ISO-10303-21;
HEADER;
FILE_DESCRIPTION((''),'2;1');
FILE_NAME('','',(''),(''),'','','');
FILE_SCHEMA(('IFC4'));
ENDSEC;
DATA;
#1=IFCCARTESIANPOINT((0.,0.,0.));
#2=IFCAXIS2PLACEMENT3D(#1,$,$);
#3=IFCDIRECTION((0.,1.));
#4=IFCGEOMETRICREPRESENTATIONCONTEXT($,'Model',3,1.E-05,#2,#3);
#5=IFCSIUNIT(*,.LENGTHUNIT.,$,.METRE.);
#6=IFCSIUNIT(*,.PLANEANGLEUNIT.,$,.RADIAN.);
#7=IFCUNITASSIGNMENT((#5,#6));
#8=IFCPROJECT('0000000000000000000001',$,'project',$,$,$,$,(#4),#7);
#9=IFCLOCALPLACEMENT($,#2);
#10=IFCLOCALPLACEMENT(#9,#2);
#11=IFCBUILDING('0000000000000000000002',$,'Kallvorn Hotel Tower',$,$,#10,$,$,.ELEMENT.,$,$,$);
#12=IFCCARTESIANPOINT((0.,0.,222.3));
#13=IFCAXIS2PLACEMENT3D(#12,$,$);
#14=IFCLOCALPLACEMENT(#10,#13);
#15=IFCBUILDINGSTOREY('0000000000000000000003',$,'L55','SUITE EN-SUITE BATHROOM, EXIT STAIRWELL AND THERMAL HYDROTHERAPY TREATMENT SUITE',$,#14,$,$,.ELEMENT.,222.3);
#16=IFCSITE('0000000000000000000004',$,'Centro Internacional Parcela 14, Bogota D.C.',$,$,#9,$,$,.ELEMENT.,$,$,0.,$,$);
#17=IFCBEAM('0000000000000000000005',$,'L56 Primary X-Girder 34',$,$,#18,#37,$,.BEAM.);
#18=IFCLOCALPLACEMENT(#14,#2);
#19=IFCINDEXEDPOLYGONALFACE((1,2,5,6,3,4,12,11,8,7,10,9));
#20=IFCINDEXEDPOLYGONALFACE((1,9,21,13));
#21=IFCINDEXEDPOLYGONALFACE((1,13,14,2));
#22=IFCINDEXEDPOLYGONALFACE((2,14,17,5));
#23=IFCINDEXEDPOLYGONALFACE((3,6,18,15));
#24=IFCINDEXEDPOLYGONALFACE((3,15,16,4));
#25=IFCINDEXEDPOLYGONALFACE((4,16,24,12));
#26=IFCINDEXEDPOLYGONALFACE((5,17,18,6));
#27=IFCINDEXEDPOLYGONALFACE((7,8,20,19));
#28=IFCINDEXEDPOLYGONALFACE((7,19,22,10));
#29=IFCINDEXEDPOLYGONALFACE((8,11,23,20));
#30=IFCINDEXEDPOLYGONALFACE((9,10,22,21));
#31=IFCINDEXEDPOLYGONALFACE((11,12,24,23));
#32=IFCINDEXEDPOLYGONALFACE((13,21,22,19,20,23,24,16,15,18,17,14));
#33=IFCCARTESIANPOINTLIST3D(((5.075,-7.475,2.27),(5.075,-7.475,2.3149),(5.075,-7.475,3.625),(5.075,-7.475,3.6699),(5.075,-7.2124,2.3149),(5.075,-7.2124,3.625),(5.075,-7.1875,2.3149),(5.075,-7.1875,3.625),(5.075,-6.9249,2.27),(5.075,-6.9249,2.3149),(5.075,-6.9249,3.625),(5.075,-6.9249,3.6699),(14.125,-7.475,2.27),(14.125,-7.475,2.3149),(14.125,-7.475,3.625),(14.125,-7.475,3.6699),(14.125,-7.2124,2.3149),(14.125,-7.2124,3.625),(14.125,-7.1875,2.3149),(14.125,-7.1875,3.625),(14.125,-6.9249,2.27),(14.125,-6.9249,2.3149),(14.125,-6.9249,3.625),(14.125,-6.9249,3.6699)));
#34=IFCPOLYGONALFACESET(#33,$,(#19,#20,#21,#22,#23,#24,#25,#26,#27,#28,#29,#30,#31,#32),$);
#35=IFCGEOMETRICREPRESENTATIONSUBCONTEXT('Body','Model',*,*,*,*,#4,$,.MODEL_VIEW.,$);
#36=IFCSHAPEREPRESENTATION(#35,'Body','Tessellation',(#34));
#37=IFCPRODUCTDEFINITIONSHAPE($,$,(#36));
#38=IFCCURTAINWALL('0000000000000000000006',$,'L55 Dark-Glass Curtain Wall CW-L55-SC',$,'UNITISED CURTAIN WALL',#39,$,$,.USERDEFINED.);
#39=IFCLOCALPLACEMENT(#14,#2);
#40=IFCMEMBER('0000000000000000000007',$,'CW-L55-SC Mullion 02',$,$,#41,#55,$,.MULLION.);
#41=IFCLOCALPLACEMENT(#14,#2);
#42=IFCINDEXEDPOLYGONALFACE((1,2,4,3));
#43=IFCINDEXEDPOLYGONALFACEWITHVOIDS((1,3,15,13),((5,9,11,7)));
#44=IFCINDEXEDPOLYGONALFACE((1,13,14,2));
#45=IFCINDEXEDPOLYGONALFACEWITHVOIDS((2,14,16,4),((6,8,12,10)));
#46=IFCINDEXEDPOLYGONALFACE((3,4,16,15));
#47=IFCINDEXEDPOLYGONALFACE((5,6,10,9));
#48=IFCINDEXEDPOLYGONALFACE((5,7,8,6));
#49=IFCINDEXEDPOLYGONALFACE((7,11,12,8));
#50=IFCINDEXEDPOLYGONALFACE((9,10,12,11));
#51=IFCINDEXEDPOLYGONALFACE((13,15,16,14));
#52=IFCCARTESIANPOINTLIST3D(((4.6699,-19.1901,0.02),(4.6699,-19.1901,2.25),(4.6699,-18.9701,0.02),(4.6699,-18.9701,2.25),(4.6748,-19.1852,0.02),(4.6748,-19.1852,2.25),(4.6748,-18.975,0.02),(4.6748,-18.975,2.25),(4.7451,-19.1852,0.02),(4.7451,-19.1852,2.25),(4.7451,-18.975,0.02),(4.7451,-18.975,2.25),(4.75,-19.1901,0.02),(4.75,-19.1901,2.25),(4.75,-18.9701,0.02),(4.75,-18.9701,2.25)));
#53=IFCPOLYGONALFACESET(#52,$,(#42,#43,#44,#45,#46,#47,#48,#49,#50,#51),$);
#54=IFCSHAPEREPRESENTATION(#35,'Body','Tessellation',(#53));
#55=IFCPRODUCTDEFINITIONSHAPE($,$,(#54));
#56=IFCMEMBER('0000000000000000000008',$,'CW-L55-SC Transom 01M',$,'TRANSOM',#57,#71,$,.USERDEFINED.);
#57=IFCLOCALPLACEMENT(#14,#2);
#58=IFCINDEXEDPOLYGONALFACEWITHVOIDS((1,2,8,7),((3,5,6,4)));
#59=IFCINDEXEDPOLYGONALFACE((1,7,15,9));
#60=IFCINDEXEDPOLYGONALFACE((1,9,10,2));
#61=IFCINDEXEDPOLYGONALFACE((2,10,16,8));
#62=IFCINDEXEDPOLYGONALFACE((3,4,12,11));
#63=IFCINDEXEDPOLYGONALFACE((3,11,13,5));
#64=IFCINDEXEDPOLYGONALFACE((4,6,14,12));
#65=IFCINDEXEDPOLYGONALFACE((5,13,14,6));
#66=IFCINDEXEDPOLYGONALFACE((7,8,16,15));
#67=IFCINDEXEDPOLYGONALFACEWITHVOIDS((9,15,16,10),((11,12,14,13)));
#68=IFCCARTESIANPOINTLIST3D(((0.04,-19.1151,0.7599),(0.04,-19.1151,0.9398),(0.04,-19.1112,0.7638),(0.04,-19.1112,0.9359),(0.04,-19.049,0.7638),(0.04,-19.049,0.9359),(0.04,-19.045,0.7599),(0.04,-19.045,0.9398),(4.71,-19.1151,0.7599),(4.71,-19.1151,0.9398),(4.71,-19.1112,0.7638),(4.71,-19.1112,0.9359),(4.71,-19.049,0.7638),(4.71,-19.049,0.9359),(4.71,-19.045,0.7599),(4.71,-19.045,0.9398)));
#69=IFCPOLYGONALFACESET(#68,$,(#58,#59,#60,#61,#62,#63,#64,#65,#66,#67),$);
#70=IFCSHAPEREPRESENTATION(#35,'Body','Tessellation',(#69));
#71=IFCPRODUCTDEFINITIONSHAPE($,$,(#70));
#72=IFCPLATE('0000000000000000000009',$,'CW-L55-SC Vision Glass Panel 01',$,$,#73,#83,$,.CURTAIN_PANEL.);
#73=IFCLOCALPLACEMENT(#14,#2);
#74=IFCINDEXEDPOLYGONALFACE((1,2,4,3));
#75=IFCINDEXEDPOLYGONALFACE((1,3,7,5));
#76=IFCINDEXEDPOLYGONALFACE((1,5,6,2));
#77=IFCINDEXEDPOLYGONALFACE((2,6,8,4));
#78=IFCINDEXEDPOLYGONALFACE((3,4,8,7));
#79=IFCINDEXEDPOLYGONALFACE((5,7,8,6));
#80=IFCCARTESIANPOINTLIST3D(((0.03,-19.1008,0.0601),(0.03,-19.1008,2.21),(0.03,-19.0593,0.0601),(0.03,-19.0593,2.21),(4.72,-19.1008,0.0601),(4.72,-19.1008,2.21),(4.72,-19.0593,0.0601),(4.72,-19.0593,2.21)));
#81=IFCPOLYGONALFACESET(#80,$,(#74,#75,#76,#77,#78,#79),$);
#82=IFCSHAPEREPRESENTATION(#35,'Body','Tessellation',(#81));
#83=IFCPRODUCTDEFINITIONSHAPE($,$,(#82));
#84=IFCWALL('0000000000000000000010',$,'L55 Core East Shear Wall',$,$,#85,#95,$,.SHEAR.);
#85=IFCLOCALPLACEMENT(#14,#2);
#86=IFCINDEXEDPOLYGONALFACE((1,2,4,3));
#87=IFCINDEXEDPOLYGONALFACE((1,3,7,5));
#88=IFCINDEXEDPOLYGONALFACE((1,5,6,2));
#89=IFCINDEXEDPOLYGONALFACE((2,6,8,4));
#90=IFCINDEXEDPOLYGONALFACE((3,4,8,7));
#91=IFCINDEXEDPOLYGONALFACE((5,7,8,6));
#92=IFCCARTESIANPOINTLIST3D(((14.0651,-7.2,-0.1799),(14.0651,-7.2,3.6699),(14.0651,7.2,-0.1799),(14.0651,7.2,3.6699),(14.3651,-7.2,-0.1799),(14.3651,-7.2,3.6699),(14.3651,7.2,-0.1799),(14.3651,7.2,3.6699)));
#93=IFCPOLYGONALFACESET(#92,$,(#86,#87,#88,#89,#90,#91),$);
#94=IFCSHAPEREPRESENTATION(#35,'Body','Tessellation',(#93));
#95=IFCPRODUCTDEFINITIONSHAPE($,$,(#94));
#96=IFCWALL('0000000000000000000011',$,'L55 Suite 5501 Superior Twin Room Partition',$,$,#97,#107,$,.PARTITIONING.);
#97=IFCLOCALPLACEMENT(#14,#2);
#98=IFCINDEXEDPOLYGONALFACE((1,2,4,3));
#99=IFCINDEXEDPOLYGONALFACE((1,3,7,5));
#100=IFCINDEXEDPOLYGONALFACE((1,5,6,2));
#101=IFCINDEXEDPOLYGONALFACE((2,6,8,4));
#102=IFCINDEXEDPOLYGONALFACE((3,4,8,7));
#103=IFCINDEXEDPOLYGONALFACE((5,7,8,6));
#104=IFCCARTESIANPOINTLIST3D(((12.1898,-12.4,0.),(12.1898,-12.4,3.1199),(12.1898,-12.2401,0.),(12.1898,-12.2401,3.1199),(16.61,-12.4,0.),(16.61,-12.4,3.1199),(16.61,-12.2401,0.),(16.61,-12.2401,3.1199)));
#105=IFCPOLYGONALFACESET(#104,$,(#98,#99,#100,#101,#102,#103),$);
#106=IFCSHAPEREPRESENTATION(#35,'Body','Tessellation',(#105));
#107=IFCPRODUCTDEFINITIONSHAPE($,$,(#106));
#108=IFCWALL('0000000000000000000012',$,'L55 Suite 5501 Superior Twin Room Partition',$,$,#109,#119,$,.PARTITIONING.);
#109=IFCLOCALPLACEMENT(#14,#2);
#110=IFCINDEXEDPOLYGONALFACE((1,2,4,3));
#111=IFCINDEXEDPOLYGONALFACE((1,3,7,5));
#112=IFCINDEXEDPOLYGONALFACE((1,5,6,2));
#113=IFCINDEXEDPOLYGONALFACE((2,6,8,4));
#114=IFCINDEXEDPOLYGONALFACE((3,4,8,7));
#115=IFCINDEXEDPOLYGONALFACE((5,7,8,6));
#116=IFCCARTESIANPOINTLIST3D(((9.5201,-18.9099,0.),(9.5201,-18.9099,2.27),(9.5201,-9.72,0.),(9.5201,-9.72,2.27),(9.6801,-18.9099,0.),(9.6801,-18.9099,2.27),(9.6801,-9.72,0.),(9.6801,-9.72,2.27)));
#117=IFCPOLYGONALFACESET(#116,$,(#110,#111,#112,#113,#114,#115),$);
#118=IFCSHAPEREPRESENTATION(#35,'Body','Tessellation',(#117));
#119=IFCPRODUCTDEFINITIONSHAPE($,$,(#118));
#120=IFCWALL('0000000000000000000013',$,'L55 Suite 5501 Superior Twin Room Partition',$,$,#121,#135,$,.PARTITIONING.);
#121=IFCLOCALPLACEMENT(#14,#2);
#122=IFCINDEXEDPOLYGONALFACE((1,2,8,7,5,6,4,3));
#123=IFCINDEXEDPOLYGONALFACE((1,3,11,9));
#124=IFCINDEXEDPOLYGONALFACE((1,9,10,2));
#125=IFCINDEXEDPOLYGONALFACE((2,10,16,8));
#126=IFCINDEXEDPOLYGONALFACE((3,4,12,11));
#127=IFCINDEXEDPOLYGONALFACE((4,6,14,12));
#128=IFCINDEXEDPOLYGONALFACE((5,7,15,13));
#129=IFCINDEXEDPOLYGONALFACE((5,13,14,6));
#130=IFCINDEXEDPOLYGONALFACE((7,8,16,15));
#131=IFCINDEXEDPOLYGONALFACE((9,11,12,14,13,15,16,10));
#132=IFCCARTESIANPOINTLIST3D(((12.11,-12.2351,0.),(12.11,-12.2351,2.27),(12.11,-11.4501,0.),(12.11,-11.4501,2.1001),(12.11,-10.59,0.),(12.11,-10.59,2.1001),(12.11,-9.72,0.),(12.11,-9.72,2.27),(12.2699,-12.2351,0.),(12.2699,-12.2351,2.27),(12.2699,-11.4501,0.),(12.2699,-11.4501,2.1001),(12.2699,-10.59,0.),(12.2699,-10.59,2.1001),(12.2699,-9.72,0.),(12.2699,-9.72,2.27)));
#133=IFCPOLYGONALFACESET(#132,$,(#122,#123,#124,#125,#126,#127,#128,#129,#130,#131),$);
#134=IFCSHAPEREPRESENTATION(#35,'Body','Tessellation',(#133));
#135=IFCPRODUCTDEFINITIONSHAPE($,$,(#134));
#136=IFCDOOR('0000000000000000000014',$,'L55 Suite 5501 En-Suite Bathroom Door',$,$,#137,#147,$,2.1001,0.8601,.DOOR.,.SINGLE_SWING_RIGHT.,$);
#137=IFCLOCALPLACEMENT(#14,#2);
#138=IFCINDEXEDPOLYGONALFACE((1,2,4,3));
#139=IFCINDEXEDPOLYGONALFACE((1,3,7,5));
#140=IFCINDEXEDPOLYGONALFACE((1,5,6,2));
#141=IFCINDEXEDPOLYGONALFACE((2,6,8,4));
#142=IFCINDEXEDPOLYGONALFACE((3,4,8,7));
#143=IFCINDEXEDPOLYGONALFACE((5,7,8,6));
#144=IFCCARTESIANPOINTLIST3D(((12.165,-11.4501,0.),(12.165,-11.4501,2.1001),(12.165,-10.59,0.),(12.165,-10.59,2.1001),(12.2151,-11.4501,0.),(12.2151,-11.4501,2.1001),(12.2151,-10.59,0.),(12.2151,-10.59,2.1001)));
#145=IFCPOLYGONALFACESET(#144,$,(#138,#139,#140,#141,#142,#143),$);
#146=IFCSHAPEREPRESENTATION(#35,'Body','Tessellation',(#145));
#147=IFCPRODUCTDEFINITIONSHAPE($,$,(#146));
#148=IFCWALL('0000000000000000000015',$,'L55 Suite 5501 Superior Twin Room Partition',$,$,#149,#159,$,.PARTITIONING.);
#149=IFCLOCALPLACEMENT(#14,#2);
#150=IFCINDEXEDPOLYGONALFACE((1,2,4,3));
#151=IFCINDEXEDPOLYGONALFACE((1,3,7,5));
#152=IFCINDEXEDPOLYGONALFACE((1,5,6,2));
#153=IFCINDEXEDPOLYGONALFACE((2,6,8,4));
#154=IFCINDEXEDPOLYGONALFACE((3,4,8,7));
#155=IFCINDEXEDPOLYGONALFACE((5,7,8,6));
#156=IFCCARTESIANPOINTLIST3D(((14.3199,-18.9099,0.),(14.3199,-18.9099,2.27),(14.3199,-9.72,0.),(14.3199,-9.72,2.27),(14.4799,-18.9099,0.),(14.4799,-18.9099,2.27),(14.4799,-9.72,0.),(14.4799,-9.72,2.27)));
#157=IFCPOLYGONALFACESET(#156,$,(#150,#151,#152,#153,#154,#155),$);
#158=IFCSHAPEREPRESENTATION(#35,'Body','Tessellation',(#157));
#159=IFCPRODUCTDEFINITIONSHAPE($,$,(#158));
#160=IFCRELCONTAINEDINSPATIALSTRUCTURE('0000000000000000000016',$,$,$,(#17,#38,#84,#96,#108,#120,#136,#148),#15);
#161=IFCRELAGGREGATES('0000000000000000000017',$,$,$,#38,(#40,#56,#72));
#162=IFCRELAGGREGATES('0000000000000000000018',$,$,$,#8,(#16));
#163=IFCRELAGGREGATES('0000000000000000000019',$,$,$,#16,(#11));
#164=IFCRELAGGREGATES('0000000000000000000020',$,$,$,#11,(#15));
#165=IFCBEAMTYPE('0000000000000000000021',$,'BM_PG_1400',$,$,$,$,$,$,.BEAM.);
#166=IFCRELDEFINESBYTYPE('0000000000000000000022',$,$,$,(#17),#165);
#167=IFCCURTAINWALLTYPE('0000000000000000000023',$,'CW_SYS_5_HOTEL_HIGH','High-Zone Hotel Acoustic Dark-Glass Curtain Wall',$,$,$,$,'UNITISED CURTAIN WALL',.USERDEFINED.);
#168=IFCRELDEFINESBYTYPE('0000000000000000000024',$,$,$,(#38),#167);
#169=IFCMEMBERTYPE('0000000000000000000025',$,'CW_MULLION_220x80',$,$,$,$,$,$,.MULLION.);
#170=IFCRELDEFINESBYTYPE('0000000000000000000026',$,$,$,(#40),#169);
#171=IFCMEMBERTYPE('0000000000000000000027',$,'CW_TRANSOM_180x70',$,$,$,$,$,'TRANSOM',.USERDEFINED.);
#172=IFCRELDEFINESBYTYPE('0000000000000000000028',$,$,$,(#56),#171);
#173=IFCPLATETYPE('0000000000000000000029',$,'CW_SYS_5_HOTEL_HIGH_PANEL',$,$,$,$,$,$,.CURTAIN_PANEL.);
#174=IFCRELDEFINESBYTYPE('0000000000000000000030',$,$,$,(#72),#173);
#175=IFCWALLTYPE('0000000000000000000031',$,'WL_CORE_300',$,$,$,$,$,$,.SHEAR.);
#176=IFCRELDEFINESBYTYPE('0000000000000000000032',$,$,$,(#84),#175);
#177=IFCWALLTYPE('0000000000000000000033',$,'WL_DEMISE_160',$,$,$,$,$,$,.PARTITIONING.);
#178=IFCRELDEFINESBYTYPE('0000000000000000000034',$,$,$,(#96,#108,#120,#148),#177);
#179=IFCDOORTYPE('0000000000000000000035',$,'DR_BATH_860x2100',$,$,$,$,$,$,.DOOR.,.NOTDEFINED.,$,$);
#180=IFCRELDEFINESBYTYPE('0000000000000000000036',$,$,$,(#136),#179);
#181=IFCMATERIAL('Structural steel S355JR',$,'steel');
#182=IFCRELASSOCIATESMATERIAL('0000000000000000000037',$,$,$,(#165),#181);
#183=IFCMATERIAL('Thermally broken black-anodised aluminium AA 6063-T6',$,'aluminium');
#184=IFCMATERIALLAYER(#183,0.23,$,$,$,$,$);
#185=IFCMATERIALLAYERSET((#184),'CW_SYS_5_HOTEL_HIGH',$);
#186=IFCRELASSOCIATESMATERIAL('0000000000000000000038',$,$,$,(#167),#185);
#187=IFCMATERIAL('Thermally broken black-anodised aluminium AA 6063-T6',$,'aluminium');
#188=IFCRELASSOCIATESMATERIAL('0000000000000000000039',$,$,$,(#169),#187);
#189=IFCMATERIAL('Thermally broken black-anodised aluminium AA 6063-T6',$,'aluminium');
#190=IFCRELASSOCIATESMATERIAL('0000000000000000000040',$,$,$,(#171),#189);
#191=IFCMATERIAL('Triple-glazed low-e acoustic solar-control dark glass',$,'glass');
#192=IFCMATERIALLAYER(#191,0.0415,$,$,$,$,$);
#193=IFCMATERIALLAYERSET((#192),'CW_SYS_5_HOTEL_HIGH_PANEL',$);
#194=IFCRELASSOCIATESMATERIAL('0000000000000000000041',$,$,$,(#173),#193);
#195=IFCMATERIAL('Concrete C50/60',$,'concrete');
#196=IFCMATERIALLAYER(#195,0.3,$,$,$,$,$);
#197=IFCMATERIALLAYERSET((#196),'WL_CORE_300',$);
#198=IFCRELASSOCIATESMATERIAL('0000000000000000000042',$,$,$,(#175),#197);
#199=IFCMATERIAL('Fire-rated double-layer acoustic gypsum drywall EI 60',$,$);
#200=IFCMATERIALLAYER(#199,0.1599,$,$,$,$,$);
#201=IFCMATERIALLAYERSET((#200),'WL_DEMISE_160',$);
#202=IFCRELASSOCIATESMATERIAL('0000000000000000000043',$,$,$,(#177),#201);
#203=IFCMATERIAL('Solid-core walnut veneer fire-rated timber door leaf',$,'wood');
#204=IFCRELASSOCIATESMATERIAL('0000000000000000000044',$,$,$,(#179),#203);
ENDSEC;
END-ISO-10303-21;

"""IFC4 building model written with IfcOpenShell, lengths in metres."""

from ifc_helpers import new_model, si_unit, direction, frame, frame_2d, origin, origin_2d, place, context, subcontext, project, spatial, rectangle, hollow_rectangle, i_section, extrude, material, layer, layer_set, material_profile, profile_set, type_object, element, fill, aggregate, save


model = new_model("IFC4")

# Units and contexts
model_context = context("Model", 3, precision=1e-05, world=origin(), true_north=direction((0.0, 1.0)))
body_context = subcontext(model_context, "Body", "Model", "MODEL_VIEW")
ifc_project = project(units=[si_unit("LENGTHUNIT", "METRE"), si_unit("PLANEANGLEUNIT", "RADIAN")], contexts=[model_context])

# Site, building, storey
site_placement = place(None, origin())
site = spatial("IfcSite", under=ifc_project, at=site_placement, Name="Centro Internacional Parcela 14, Bogota D.C.", CompositionType="ELEMENT", RefElevation=0.0)
building_placement = place(site_placement, origin())
building = spatial("IfcBuilding", under=site, at=building_placement, Name="Kallvorn Hotel Tower", CompositionType="ELEMENT")
storey_placement = place(building_placement, frame((0.0, 0.0, 222.3)))
storey = spatial("IfcBuildingStorey", under=building, at=storey_placement, Name="L55", Description="SUITE EN-SUITE BATHROOM, EXIT STAIRWELL AND THERMAL HYDROTHERAPY TREATMENT SUITE", CompositionType="ELEMENT", Elevation=222.3)

# Beam
ifc_material_1 = material(Name="Structural steel S355JR", Category="steel")
ifc_material_profile_1 = material_profile(ifc_material_1, i_section(OverallWidth=0.55, OverallDepth=1.3999, WebThickness=0.0249, FlangeThickness=0.0449, at=origin_2d()), Name="PG 1400x550x25x45")
ifc_profile_set_1 = profile_set([ifc_material_profile_1], Name="Structural steel S355JR")
beam_type_1 = type_object("IfcBeamType", Name="BM_PG_1400", PredefinedType="BEAM", material=ifc_profile_set_1)
beam_1_placement = place(storey_placement, frame((5.075, -7.2, 2.97), z_axis=(1.0, 0.0, 0.0), x_axis=(0.0, 1.0, 0.0)))
element("IfcBeam", 1, at=beam_1_placement, inside=storey, type_object=beam_type_1, Name="L56 Primary X-Girder 34", PredefinedType="BEAM", context=body_context, shape_type="SweptSolid", body=[
    extrude(i_section(OverallWidth=0.55, OverallDepth=1.3999, WebThickness=0.0249, FlangeThickness=0.0449, at=origin_2d()), origin(), (0.0, 0.0, 1.0), 9.05),
])

# Curtain wall, members, plate
ifc_material_2 = material(Name="Thermally broken black-anodised aluminium AA 6063-T6", Category="aluminium")
ifc_layer_1 = layer(ifc_material_2, 0.23)
ifc_layer_set_1 = layer_set([ifc_layer_1], Name="CW_SYS_5_HOTEL_HIGH")
curtain_wall_type = type_object("IfcCurtainWallType", Name="CW_SYS_5_HOTEL_HIGH", Description="High-Zone Hotel Acoustic Dark-Glass Curtain Wall", ElementType="UNITISED CURTAIN WALL", PredefinedType="USERDEFINED", material=ifc_layer_set_1)
curtain_wall_placement = place(storey_placement, origin())
curtain_wall = element("IfcCurtainWall", 2, at=curtain_wall_placement, inside=storey, type_object=curtain_wall_type, Name="L55 Dark-Glass Curtain Wall CW-L55-SC", ObjectType="UNITISED CURTAIN WALL", PredefinedType="USERDEFINED")
ifc_material_3 = material(Name="Thermally broken black-anodised aluminium AA 6063-T6", Category="aluminium")
ifc_material_profile_2 = material_profile(ifc_material_3, hollow_rectangle(XDim=0.0801, YDim=0.22, WallThickness=0.0049, at=origin_2d()), Name="MUL 220x80")
ifc_profile_set_2 = profile_set([ifc_material_profile_2], Name="Thermally broken black-anodised aluminium AA 6063-T6")
member_type_1 = type_object("IfcMemberType", Name="CW_MULLION_220x80", PredefinedType="MULLION", material=ifc_profile_set_2)
member_1_placement = place(storey_placement, frame((4.71, -19.0801, 0.02), z_axis=(0.0, 0.0, 1.0), x_axis=(1.0, 0.0, 0.0)))
member_1 = element("IfcMember", 3, at=member_1_placement, type_object=member_type_1, Name="CW-L55-SC Mullion 02", PredefinedType="MULLION", context=body_context, shape_type="SweptSolid", body=[
    extrude(hollow_rectangle(XDim=0.0801, YDim=0.22, WallThickness=0.0049, at=origin_2d()), origin(), (0.0, 0.0, 1.0), 2.23),
])
ifc_material_4 = material(Name="Thermally broken black-anodised aluminium AA 6063-T6", Category="aluminium")
ifc_material_profile_3 = material_profile(ifc_material_4, hollow_rectangle(XDim=0.0701, YDim=0.1799, WallThickness=0.0039, at=origin_2d()), Name="TRN 180x70")
ifc_profile_set_3 = profile_set([ifc_material_profile_3], Name="Thermally broken black-anodised aluminium AA 6063-T6")
member_type_2 = type_object("IfcMemberType", Name="CW_TRANSOM_180x70", ElementType="TRANSOM", PredefinedType="USERDEFINED", material=ifc_profile_set_3)
member_2_placement = place(storey_placement, frame((0.04, -19.0801, 0.8499), z_axis=(1.0, 0.0, 0.0), x_axis=(0.0, 1.0, 0.0)))
member_2 = element("IfcMember", 4, at=member_2_placement, type_object=member_type_2, Name="CW-L55-SC Transom 01M", ObjectType="TRANSOM", PredefinedType="USERDEFINED", context=body_context, shape_type="SweptSolid", body=[
    extrude(hollow_rectangle(XDim=0.0701, YDim=0.1799, WallThickness=0.0039, at=origin_2d()), origin(), (0.0, 0.0, 1.0), 4.6699),
])
ifc_material_5 = material(Name="Triple-glazed low-e acoustic solar-control dark glass", Category="glass")
ifc_layer_2 = layer(ifc_material_5, 0.0415)
ifc_layer_set_2 = layer_set([ifc_layer_2], Name="CW_SYS_5_HOTEL_HIGH_PANEL")
plate_type = type_object("IfcPlateType", Name="CW_SYS_5_HOTEL_HIGH_PANEL", PredefinedType="CURTAIN_PANEL", material=ifc_layer_set_2)
plate_placement = place(storey_placement, frame((2.375, -19.0801, 0.0601), z_axis=(0.0, 0.0, 1.0), x_axis=(1.0, 0.0, 0.0)))
plate = element("IfcPlate", 5, at=plate_placement, type_object=plate_type, Name="CW-L55-SC Vision Glass Panel 01", PredefinedType="CURTAIN_PANEL", context=body_context, shape_type="SweptSolid", body=[
    extrude(rectangle(XDim=4.6899, YDim=0.0415, at=origin_2d()), origin(), (0.0, 0.0, 1.0), 2.1499),
])
aggregate(curtain_wall, [member_1, member_2, plate])

# Walls
ifc_material_6 = material(Name="Concrete C50/60", Category="concrete")
ifc_layer_3 = layer(ifc_material_6, 0.3)
ifc_layer_set_3 = layer_set([ifc_layer_3], Name="WL_CORE_300")
wall_type_1 = type_object("IfcWallType", Name="WL_CORE_300", PredefinedType="SHEAR", material=ifc_layer_set_3)
wall_1_placement = place(storey_placement, frame((14.2151, -7.2, -0.1799), z_axis=(0.0, 0.0, 1.0), x_axis=(0.0, 1.0, 0.0)))
element("IfcWall", 6, at=wall_1_placement, inside=storey, type_object=wall_type_1, Name="L55 Core East Shear Wall", PredefinedType="SHEAR", context=body_context, shape_type="SweptSolid", body=[
    extrude(rectangle(XDim=14.3999, YDim=0.3, at=frame_2d((7.2, 0.0))), origin(), (0.0, 0.0, 1.0), 3.8499),
])
ifc_material_7 = material(Name="Fire-rated double-layer acoustic gypsum drywall EI 60")
ifc_layer_4 = layer(ifc_material_7, 0.1599)
ifc_layer_set_4 = layer_set([ifc_layer_4], Name="WL_DEMISE_160")
wall_type_2 = type_object("IfcWallType", Name="WL_DEMISE_160", PredefinedType="PARTITIONING", material=ifc_layer_set_4)
wall_2_placement = place(storey_placement, frame((12.1899, -12.3201, 0.0), z_axis=(0.0, 0.0, 1.0), x_axis=(1.0, 0.0, 0.0)))
element("IfcWall", 7, at=wall_2_placement, inside=storey, type_object=wall_type_2, Name="L55 Suite 5501 Superior Twin Room Partition", PredefinedType="PARTITIONING", context=body_context, shape_type="SweptSolid", body=[
    extrude(rectangle(XDim=4.4202, YDim=0.1599, at=frame_2d((2.21, 0.0))), origin(), (0.0, 0.0, 1.0), 3.1199),
])
wall_3_placement = place(storey_placement, frame((9.6001, -18.9099, 0.0), z_axis=(0.0, 0.0, 1.0), x_axis=(0.0, 1.0, 0.0)))
element("IfcWall", 8, at=wall_3_placement, inside=storey, type_object=wall_type_2, Name="L55 Suite 5501 Superior Twin Room Partition", PredefinedType="PARTITIONING", context=body_context, shape_type="SweptSolid", body=[
    extrude(rectangle(XDim=9.1899, YDim=0.1599, at=frame_2d((4.595, 0.0))), origin(), (0.0, 0.0, 1.0), 2.27),
])

# Wall, opening, door
wall_4_placement = place(storey_placement, frame((12.1899, -12.2351, 0.0), z_axis=(0.0, 0.0, 1.0), x_axis=(0.0, 1.0, 0.0)))
wall_4 = element("IfcWall", 9, at=wall_4_placement, inside=storey, type_object=wall_type_2, Name="L55 Suite 5501 Superior Twin Room Partition", PredefinedType="PARTITIONING", context=body_context, shape_type="SweptSolid", body=[
    extrude(rectangle(XDim=2.5151, YDim=0.1599, at=frame_2d((1.2576, 0.0))), origin(), (0.0, 0.0, 1.0), 2.27),
])
opening_1_placement = place(wall_4_placement, frame((0.7849, 0.0, 0.0)))
opening_1 = element("IfcOpeningElement", 10, at=opening_1_placement, cuts=wall_4, PredefinedType="OPENING", context=body_context, shape_type="SweptSolid", body=[
    extrude(rectangle(XDim=0.8601, YDim=2.1001, at=frame_2d((0.4302, 1.05))), frame((0.0, 0.095, 0.0), z_axis=(0.0, -1.0, 0.0), x_axis=(1.0, 0.0, 0.0)), (0.0, 0.0, 1.0), 0.1899),
])
ifc_material_8 = material(Name="Solid-core walnut veneer fire-rated timber door leaf", Category="wood")
door_type = type_object("IfcDoorType", Name="DR_BATH_860x2100", OperationType="NOTDEFINED", PredefinedType="DOOR", material=ifc_material_8)
door_placement = place(opening_1_placement, origin())
door = element("IfcDoor", 11, at=door_placement, inside=storey, type_object=door_type, Name="L55 Suite 5501 En-Suite Bathroom Door", OperationType="SINGLE_SWING_RIGHT", OverallHeight=2.1001, OverallWidth=0.8601, PredefinedType="DOOR", context=body_context, shape_type="SweptSolid", body=[
    extrude(rectangle(XDim=0.8601, YDim=2.1001, at=frame_2d((0.4302, 1.05))), frame((0.0, 0.0249, 0.0), z_axis=(0.0, -1.0, 0.0), x_axis=(1.0, 0.0, 0.0)), (0.0, 0.0, 1.0), 0.05),
])
fill(opening_1, door)

# Wall
wall_5_placement = place(storey_placement, frame((14.3999, -18.9099, 0.0), z_axis=(0.0, 0.0, 1.0), x_axis=(0.0, 1.0, 0.0)))
element("IfcWall", 12, at=wall_5_placement, inside=storey, type_object=wall_type_2, Name="L55 Suite 5501 Superior Twin Room Partition", PredefinedType="PARTITIONING", context=body_context, shape_type="SweptSolid", body=[
    extrude(rectangle(XDim=9.1899, YDim=0.1599, at=frame_2d((4.595, 0.0))), origin(), (0.0, 0.0, 1.0), 2.27),
])

save(model, "model.ifc")
